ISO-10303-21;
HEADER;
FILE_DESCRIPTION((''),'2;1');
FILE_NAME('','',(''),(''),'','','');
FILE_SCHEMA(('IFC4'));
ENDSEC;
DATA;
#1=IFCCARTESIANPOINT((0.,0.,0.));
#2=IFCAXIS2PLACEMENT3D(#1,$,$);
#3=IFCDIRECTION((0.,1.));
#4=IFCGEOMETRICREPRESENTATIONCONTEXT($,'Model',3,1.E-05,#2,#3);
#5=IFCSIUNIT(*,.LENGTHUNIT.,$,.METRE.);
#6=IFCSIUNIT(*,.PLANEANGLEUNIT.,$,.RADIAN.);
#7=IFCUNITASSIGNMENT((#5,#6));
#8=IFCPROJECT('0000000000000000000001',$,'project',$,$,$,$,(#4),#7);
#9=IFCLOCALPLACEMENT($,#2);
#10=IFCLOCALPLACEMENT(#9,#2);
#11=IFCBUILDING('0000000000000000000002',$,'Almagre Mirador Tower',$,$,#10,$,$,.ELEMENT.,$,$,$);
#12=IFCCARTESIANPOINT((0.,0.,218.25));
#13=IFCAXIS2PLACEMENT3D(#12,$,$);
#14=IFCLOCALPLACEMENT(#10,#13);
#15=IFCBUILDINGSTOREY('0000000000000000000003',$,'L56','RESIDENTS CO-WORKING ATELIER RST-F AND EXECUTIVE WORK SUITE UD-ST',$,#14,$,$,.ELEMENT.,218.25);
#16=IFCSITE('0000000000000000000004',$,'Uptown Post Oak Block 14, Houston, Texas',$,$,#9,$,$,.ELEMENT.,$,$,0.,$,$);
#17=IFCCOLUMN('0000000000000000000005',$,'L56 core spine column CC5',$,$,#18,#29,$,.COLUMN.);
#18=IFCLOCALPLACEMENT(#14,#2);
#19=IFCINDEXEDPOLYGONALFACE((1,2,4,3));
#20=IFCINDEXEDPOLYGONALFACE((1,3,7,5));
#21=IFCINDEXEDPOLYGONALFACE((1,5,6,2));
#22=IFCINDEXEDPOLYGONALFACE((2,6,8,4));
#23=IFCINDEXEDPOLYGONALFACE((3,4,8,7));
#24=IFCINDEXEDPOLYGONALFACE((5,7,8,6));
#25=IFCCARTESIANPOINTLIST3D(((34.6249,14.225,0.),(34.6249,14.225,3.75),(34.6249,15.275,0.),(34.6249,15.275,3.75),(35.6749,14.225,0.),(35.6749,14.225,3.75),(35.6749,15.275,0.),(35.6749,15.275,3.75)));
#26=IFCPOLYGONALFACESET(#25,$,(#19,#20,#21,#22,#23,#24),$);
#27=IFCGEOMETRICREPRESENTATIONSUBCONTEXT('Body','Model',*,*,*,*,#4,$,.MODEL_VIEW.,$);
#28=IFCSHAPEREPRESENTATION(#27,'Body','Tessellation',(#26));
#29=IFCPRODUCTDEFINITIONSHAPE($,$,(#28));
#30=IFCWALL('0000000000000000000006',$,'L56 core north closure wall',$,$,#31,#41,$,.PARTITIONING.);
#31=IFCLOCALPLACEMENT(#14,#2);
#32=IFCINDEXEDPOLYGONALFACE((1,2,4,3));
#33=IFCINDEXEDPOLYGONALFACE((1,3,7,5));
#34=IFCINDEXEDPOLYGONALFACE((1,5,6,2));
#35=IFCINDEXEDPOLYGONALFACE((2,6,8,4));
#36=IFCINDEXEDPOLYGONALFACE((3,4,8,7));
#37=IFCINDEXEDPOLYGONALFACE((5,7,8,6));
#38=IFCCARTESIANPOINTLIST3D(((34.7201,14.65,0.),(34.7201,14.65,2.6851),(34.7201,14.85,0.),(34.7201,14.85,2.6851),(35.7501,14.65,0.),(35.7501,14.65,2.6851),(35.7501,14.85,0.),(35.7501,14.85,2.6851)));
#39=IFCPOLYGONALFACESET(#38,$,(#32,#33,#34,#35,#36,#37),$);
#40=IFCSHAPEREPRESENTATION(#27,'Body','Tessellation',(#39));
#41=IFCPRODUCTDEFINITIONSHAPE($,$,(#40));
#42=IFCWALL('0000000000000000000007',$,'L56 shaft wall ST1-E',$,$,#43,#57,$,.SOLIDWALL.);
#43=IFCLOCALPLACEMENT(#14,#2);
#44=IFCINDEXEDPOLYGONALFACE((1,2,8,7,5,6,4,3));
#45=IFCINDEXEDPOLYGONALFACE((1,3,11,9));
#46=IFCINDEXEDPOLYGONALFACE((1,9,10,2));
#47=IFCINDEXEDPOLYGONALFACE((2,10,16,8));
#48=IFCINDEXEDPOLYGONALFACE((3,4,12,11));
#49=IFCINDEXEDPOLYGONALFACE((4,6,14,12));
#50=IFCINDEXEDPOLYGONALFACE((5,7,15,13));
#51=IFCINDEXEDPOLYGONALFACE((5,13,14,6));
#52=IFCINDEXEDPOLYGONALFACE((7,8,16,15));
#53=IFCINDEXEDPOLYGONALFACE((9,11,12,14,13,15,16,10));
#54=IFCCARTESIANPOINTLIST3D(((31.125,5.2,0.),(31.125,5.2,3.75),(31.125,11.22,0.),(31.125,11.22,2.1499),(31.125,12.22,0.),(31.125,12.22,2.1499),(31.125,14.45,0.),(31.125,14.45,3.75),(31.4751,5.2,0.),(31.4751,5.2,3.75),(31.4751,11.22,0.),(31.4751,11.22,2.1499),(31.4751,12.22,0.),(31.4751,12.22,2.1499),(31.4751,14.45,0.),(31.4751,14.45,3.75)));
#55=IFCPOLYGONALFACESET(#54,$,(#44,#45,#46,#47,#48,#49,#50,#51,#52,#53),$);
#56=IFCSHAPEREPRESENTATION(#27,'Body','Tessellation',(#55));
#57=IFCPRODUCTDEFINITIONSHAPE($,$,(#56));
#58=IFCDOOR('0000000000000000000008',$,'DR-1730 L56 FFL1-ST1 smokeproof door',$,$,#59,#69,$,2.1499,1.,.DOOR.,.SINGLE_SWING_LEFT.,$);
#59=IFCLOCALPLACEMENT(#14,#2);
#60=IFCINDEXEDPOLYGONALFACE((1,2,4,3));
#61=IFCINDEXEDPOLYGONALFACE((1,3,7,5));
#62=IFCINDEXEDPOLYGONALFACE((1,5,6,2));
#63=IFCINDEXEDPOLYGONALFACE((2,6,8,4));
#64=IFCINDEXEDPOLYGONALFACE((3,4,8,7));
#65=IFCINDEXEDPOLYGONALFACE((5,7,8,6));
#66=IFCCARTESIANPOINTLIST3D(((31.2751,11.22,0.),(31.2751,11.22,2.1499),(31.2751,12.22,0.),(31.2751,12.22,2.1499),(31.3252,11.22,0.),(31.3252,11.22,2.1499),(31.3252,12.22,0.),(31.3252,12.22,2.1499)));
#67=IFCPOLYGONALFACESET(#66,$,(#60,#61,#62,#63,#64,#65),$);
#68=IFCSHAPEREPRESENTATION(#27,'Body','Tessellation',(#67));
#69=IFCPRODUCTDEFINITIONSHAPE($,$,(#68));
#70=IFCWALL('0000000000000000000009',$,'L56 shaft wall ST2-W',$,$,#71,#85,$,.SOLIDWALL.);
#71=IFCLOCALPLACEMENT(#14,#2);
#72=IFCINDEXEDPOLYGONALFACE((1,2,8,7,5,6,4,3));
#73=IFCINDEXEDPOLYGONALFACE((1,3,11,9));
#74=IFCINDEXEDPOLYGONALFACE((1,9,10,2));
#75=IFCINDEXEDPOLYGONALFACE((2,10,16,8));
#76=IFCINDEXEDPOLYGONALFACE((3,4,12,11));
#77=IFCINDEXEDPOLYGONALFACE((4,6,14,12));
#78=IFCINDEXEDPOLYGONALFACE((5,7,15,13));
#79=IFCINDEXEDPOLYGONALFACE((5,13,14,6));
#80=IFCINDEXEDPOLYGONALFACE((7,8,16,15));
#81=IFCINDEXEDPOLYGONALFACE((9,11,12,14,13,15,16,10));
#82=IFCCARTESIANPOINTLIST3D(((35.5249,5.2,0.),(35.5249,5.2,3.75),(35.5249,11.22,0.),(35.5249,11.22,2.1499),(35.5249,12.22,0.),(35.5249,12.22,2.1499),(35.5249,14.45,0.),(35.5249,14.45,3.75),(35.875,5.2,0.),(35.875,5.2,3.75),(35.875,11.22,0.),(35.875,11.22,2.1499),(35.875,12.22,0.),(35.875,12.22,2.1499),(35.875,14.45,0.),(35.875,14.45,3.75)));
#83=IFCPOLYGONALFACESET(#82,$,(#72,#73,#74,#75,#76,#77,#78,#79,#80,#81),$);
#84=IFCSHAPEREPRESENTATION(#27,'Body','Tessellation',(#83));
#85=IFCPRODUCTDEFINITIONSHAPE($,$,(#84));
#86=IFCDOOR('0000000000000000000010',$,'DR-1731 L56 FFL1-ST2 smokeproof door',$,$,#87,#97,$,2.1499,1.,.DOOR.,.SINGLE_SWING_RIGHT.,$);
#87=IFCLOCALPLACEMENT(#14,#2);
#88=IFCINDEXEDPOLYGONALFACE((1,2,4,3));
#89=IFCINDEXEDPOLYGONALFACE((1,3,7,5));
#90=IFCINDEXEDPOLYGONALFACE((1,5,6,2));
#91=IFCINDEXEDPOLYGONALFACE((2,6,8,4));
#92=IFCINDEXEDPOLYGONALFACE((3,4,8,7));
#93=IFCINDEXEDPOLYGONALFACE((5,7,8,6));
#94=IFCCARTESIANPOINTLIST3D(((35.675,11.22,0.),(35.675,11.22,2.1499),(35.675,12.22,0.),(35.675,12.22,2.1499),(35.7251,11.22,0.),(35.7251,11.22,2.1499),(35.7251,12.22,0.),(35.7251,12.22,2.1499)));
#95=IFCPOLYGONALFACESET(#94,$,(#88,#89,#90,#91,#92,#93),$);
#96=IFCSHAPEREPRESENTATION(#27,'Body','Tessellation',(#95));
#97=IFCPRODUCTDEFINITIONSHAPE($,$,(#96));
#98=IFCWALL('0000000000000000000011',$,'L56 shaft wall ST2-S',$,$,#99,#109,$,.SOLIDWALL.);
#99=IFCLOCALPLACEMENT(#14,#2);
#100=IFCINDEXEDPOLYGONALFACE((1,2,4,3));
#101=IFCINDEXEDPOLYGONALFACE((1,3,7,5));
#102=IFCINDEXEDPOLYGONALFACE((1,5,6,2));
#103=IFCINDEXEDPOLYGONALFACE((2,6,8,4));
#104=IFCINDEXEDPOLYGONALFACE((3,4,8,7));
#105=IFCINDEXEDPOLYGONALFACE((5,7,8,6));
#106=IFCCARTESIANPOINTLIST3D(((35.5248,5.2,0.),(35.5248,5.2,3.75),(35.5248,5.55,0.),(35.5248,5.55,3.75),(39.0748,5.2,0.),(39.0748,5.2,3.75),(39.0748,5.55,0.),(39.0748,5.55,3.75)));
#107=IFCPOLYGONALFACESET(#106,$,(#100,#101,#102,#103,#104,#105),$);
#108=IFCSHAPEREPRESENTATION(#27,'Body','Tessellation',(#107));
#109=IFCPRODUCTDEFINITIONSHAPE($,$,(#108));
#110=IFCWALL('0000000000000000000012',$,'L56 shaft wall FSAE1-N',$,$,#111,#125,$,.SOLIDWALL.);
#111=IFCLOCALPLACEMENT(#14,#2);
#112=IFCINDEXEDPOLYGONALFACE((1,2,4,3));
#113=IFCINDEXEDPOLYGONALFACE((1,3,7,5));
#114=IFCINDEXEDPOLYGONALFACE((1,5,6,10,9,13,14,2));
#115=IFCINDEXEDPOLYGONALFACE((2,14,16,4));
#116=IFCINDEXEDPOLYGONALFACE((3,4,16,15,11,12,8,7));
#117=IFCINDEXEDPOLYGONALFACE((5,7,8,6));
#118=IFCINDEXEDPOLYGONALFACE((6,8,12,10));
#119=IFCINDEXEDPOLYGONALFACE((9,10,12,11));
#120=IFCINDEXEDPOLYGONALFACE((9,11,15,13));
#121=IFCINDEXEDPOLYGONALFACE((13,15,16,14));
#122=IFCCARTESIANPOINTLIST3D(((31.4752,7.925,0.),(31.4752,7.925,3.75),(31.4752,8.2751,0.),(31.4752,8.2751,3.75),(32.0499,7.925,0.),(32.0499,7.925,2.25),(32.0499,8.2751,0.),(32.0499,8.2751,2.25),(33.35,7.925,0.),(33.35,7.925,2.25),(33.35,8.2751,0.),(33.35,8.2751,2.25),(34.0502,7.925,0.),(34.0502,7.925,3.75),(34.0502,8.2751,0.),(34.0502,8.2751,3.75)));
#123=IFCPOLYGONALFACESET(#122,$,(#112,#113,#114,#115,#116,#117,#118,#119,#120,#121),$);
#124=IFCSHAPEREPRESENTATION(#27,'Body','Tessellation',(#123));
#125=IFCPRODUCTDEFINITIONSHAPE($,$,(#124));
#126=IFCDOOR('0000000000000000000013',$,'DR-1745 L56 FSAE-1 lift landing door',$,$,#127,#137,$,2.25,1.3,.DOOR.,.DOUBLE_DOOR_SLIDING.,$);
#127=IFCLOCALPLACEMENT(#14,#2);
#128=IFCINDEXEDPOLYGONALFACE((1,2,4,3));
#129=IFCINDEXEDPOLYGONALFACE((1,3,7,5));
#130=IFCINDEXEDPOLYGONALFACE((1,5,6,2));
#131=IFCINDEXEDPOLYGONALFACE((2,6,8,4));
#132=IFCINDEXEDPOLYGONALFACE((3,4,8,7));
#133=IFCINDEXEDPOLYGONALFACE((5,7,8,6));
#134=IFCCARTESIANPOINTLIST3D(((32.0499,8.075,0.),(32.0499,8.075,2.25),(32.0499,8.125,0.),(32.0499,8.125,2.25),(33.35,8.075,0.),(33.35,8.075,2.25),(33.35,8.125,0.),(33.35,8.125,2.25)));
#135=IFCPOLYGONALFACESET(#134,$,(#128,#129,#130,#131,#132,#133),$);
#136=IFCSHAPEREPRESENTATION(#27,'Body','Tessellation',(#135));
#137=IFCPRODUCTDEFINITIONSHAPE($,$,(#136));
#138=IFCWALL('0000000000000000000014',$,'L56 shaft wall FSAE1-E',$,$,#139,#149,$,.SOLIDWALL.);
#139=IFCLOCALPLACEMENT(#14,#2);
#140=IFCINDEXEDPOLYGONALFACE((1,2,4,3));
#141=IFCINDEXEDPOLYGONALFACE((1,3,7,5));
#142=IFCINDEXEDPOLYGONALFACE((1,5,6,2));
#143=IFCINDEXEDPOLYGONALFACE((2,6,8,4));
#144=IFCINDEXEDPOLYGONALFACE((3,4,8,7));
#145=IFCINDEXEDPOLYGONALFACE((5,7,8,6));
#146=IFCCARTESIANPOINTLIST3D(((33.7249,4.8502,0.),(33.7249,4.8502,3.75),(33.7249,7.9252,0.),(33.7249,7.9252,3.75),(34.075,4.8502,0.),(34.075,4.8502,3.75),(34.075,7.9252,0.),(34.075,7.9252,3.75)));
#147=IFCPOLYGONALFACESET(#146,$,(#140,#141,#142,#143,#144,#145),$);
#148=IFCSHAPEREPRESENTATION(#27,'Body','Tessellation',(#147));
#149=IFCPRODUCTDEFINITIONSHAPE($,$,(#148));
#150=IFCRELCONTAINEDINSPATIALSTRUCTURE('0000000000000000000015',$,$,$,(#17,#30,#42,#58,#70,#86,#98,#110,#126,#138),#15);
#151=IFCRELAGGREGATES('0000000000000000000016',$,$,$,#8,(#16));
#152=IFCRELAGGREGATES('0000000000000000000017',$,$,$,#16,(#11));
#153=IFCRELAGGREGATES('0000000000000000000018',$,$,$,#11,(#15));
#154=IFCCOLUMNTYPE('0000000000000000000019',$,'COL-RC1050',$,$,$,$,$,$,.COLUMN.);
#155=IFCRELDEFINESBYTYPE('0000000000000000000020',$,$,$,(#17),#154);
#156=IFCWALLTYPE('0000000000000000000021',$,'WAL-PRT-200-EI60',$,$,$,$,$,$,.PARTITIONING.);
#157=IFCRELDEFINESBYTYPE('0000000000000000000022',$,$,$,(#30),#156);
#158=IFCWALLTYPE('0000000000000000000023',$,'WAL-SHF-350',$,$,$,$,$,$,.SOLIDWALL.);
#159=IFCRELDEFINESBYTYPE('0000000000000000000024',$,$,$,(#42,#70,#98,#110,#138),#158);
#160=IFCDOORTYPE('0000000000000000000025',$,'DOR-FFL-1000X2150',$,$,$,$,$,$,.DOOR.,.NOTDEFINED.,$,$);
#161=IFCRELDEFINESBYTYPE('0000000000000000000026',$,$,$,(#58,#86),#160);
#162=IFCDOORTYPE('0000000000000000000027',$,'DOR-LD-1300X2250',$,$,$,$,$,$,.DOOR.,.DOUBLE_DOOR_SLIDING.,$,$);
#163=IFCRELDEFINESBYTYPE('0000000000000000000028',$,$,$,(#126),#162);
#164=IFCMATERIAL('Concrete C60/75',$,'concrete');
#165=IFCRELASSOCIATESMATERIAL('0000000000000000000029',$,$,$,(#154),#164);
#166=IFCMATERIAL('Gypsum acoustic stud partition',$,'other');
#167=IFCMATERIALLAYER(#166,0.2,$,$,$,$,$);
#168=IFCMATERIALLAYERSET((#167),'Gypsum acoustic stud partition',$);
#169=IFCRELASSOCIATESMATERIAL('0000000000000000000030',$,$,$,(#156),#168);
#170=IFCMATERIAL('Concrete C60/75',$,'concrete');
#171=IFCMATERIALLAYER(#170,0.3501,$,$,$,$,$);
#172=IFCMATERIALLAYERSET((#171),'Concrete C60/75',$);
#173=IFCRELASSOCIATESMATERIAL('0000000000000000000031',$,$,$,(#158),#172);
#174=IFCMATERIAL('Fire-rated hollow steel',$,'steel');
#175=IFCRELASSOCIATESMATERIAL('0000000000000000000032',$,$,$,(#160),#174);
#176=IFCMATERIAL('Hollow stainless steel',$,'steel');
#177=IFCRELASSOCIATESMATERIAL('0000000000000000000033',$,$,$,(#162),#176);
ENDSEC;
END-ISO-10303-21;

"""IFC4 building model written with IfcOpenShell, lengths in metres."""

from ifc_helpers import new_model, si_unit, direction, frame, frame_2d, origin, origin_2d, place, context, subcontext, project, spatial, rectangle, extrude, material, layer, layer_set, material_profile, profile_set, type_object, element, fill, save


model = new_model("IFC4")

# Units and contexts
model_context = context("Model", 3, precision=1e-05, world=origin(), true_north=direction((0.0, 1.0)))
body_context = subcontext(model_context, "Body", "Model", "MODEL_VIEW")
ifc_project = project(units=[si_unit("LENGTHUNIT", "METRE"), si_unit("PLANEANGLEUNIT", "RADIAN")], contexts=[model_context])

# Site, building, storey
site_placement = place(None, origin())
site = spatial("IfcSite", under=ifc_project, at=site_placement, Name="Uptown Post Oak Block 14, Houston, Texas", CompositionType="ELEMENT", RefElevation=0.0)
building_placement = place(site_placement, origin())
building = spatial("IfcBuilding", under=site, at=building_placement, Name="Almagre Mirador Tower", CompositionType="ELEMENT")
storey_placement = place(building_placement, frame((0.0, 0.0, 218.25)))
storey = spatial("IfcBuildingStorey", under=building, at=storey_placement, Name="L56", Description="RESIDENTS CO-WORKING ATELIER RST-F AND EXECUTIVE WORK SUITE UD-ST", CompositionType="ELEMENT", Elevation=218.25)

# Column
ifc_material_1 = material(Name="Concrete C60/75", Category="concrete")
ifc_material_profile = material_profile(ifc_material_1, rectangle(XDim=1.05, YDim=1.05, at=origin_2d()), Name="RC1050X1050")
ifc_profile_set = profile_set([ifc_material_profile], Name="Concrete C60/75")
column_type = type_object("IfcColumnType", Name="COL-RC1050", PredefinedType="COLUMN", material=ifc_profile_set)
column_placement = place(storey_placement, frame((35.1499, 14.75, 0.0), z_axis=(0.0, 0.0, 1.0), x_axis=(1.0, 0.0, 0.0)))
element("IfcColumn", 1, at=column_placement, inside=storey, type_object=column_type, Name="L56 core spine column CC5", PredefinedType="COLUMN", context=body_context, shape_type="SweptSolid", body=[
    extrude(rectangle(XDim=1.05, YDim=1.05, at=origin_2d()), origin(), (0.0, 0.0, 1.0), 3.75),
])

# Wall
ifc_material_2 = material(Name="Gypsum acoustic stud partition", Category="other")
ifc_layer_1 = layer(ifc_material_2, 0.2)
ifc_layer_set_1 = layer_set([ifc_layer_1], Name="Gypsum acoustic stud partition")
wall_type_1 = type_object("IfcWallType", Name="WAL-PRT-200-EI60", PredefinedType="PARTITIONING", material=ifc_layer_set_1)
wall_1_placement = place(storey_placement, frame((34.72, 14.75, 0.0), z_axis=(0.0, 0.0, 1.0), x_axis=(1.0, 0.0, 0.0)))
element("IfcWall", 2, at=wall_1_placement, inside=storey, type_object=wall_type_1, Name="L56 core north closure wall", PredefinedType="PARTITIONING", context=body_context, shape_type="SweptSolid", body=[
    extrude(rectangle(XDim=1.03, YDim=0.2, at=frame_2d((0.5151, 0.0))), origin(), (0.0, 0.0, 1.0), 2.6851),
])

# Walls, openings, doors
ifc_material_3 = material(Name="Concrete C60/75", Category="concrete")
ifc_layer_2 = layer(ifc_material_3, 0.3501)
ifc_layer_set_2 = layer_set([ifc_layer_2], Name="Concrete C60/75")
wall_type_2 = type_object("IfcWallType", Name="WAL-SHF-350", PredefinedType="SOLIDWALL", material=ifc_layer_set_2)
wall_2_placement = place(storey_placement, frame((31.3, 5.2, 0.0), z_axis=(0.0, 0.0, 1.0), x_axis=(0.0, 1.0, 0.0)))
wall_2 = element("IfcWall", 3, at=wall_2_placement, inside=storey, type_object=wall_type_2, Name="L56 shaft wall ST1-E", PredefinedType="SOLIDWALL", context=body_context, shape_type="SweptSolid", body=[
    extrude(rectangle(XDim=9.25, YDim=0.3501, at=frame_2d((4.625, 0.0))), origin(), (0.0, 0.0, 1.0), 3.75),
])
opening_1_placement = place(wall_2_placement, frame((6.02, 0.0, 0.0)))
opening_1 = element("IfcOpeningElement", 4, at=opening_1_placement, cuts=wall_2, PredefinedType="OPENING", context=body_context, shape_type="SweptSolid", body=[
    extrude(rectangle(XDim=1.0, YDim=2.1499, at=frame_2d((0.5, 1.075))), frame((0.0, 0.185, 0.0), z_axis=(0.0, -1.0, 0.0), x_axis=(1.0, 0.0, 0.0)), (0.0, 0.0, 1.0), 0.3701),
])
ifc_material_4 = material(Name="Fire-rated hollow steel", Category="steel")
door_type_1 = type_object("IfcDoorType", Name="DOR-FFL-1000X2150", OperationType="NOTDEFINED", PredefinedType="DOOR", material=ifc_material_4)
door_1_placement = place(opening_1_placement, origin())
door_1 = element("IfcDoor", 5, at=door_1_placement, inside=storey, type_object=door_type_1, Name="DR-1730 L56 FFL1-ST1 smokeproof door", OperationType="SINGLE_SWING_LEFT", OverallHeight=2.1499, OverallWidth=1.0, PredefinedType="DOOR", context=body_context, shape_type="SweptSolid", body=[
    extrude(rectangle(XDim=1.0, YDim=2.1499, at=frame_2d((0.5, 1.075))), frame((0.0, 0.0249, 0.0), z_axis=(0.0, -1.0, 0.0), x_axis=(1.0, 0.0, 0.0)), (0.0, 0.0, 1.0), 0.05),
])
fill(opening_1, door_1)
wall_3_placement = place(storey_placement, frame((35.7, 5.2, 0.0), z_axis=(0.0, 0.0, 1.0), x_axis=(0.0, 1.0, 0.0)))
wall_3 = element("IfcWall", 6, at=wall_3_placement, inside=storey, type_object=wall_type_2, Name="L56 shaft wall ST2-W", PredefinedType="SOLIDWALL", context=body_context, shape_type="SweptSolid", body=[
    extrude(rectangle(XDim=9.25, YDim=0.3501, at=frame_2d((4.625, 0.0))), origin(), (0.0, 0.0, 1.0), 3.75),
])
opening_2_placement = place(wall_3_placement, frame((6.02, 0.0, 0.0)))
opening_2 = element("IfcOpeningElement", 7, at=opening_2_placement, cuts=wall_3, PredefinedType="OPENING", context=body_context, shape_type="SweptSolid", body=[
    extrude(rectangle(XDim=1.0, YDim=2.1499, at=frame_2d((0.5, 1.075))), frame((0.0, 0.185, 0.0), z_axis=(0.0, -1.0, 0.0), x_axis=(1.0, 0.0, 0.0)), (0.0, 0.0, 1.0), 0.3701),
])
door_2_placement = place(opening_2_placement, origin())
door_2 = element("IfcDoor", 8, at=door_2_placement, inside=storey, type_object=door_type_1, Name="DR-1731 L56 FFL1-ST2 smokeproof door", OperationType="SINGLE_SWING_RIGHT", OverallHeight=2.1499, OverallWidth=1.0, PredefinedType="DOOR", context=body_context, shape_type="SweptSolid", body=[
    extrude(rectangle(XDim=1.0, YDim=2.1499, at=frame_2d((0.5, 1.075))), frame((0.0, 0.0249, 0.0), z_axis=(0.0, -1.0, 0.0), x_axis=(1.0, 0.0, 0.0)), (0.0, 0.0, 1.0), 0.05),
])
fill(opening_2, door_2)

# Wall
wall_4_placement = place(storey_placement, frame((35.5249, 5.375, 0.0), z_axis=(0.0, 0.0, 1.0), x_axis=(1.0, 0.0, 0.0)))
element("IfcWall", 9, at=wall_4_placement, inside=storey, type_object=wall_type_2, Name="L56 shaft wall ST2-S", PredefinedType="SOLIDWALL", context=body_context, shape_type="SweptSolid", body=[
    extrude(rectangle(XDim=3.55, YDim=0.3501, at=frame_2d((1.7749, 0.0))), origin(), (0.0, 0.0, 1.0), 3.75),
])

# Wall, opening, door
wall_5_placement = place(storey_placement, frame((31.4751, 8.1001, 0.0), z_axis=(0.0, 0.0, 1.0), x_axis=(1.0, 0.0, 0.0)))
wall_5 = element("IfcWall", 10, at=wall_5_placement, inside=storey, type_object=wall_type_2, Name="L56 shaft wall FSAE1-N", PredefinedType="SOLIDWALL", context=body_context, shape_type="SweptSolid", body=[
    extrude(rectangle(XDim=2.575, YDim=0.3501, at=frame_2d((1.2876, 0.0))), origin(), (0.0, 0.0, 1.0), 3.75),
])
opening_3_placement = place(wall_5_placement, frame((0.575, 0.0, 0.0)))
opening_3 = element("IfcOpeningElement", 11, at=opening_3_placement, cuts=wall_5, PredefinedType="OPENING", context=body_context, shape_type="SweptSolid", body=[
    extrude(rectangle(XDim=1.3, YDim=2.25, at=frame_2d((0.6499, 1.125))), frame((0.0, 0.185, 0.0), z_axis=(0.0, -1.0, 0.0), x_axis=(1.0, 0.0, 0.0)), (0.0, 0.0, 1.0), 0.3701),
])
ifc_material_5 = material(Name="Hollow stainless steel", Category="steel")
door_type_2 = type_object("IfcDoorType", Name="DOR-LD-1300X2250", OperationType="DOUBLE_DOOR_SLIDING", PredefinedType="DOOR", material=ifc_material_5)
door_3_placement = place(opening_3_placement, origin())
door_3 = element("IfcDoor", 12, at=door_3_placement, inside=storey, type_object=door_type_2, Name="DR-1745 L56 FSAE-1 lift landing door", OperationType="DOUBLE_DOOR_SLIDING", OverallHeight=2.25, OverallWidth=1.3, PredefinedType="DOOR", context=body_context, shape_type="SweptSolid", body=[
    extrude(rectangle(XDim=1.3, YDim=2.25, at=frame_2d((0.6499, 1.125))), frame((0.0, 0.0249, 0.0), z_axis=(0.0, -1.0, 0.0), x_axis=(1.0, 0.0, 0.0)), (0.0, 0.0, 1.0), 0.05),
])
fill(opening_3, door_3)

# Wall
wall_6_placement = place(storey_placement, frame((33.8999, 4.8501, 0.0), z_axis=(0.0, 0.0, 1.0), x_axis=(0.0, 1.0, 0.0)))
element("IfcWall", 13, at=wall_6_placement, inside=storey, type_object=wall_type_2, Name="L56 shaft wall FSAE1-E", PredefinedType="SOLIDWALL", context=body_context, shape_type="SweptSolid", body=[
    extrude(rectangle(XDim=3.075, YDim=0.3501, at=frame_2d((1.5376, 0.0))), origin(), (0.0, 0.0, 1.0), 3.75),
])

save(model, "model.ifc")
